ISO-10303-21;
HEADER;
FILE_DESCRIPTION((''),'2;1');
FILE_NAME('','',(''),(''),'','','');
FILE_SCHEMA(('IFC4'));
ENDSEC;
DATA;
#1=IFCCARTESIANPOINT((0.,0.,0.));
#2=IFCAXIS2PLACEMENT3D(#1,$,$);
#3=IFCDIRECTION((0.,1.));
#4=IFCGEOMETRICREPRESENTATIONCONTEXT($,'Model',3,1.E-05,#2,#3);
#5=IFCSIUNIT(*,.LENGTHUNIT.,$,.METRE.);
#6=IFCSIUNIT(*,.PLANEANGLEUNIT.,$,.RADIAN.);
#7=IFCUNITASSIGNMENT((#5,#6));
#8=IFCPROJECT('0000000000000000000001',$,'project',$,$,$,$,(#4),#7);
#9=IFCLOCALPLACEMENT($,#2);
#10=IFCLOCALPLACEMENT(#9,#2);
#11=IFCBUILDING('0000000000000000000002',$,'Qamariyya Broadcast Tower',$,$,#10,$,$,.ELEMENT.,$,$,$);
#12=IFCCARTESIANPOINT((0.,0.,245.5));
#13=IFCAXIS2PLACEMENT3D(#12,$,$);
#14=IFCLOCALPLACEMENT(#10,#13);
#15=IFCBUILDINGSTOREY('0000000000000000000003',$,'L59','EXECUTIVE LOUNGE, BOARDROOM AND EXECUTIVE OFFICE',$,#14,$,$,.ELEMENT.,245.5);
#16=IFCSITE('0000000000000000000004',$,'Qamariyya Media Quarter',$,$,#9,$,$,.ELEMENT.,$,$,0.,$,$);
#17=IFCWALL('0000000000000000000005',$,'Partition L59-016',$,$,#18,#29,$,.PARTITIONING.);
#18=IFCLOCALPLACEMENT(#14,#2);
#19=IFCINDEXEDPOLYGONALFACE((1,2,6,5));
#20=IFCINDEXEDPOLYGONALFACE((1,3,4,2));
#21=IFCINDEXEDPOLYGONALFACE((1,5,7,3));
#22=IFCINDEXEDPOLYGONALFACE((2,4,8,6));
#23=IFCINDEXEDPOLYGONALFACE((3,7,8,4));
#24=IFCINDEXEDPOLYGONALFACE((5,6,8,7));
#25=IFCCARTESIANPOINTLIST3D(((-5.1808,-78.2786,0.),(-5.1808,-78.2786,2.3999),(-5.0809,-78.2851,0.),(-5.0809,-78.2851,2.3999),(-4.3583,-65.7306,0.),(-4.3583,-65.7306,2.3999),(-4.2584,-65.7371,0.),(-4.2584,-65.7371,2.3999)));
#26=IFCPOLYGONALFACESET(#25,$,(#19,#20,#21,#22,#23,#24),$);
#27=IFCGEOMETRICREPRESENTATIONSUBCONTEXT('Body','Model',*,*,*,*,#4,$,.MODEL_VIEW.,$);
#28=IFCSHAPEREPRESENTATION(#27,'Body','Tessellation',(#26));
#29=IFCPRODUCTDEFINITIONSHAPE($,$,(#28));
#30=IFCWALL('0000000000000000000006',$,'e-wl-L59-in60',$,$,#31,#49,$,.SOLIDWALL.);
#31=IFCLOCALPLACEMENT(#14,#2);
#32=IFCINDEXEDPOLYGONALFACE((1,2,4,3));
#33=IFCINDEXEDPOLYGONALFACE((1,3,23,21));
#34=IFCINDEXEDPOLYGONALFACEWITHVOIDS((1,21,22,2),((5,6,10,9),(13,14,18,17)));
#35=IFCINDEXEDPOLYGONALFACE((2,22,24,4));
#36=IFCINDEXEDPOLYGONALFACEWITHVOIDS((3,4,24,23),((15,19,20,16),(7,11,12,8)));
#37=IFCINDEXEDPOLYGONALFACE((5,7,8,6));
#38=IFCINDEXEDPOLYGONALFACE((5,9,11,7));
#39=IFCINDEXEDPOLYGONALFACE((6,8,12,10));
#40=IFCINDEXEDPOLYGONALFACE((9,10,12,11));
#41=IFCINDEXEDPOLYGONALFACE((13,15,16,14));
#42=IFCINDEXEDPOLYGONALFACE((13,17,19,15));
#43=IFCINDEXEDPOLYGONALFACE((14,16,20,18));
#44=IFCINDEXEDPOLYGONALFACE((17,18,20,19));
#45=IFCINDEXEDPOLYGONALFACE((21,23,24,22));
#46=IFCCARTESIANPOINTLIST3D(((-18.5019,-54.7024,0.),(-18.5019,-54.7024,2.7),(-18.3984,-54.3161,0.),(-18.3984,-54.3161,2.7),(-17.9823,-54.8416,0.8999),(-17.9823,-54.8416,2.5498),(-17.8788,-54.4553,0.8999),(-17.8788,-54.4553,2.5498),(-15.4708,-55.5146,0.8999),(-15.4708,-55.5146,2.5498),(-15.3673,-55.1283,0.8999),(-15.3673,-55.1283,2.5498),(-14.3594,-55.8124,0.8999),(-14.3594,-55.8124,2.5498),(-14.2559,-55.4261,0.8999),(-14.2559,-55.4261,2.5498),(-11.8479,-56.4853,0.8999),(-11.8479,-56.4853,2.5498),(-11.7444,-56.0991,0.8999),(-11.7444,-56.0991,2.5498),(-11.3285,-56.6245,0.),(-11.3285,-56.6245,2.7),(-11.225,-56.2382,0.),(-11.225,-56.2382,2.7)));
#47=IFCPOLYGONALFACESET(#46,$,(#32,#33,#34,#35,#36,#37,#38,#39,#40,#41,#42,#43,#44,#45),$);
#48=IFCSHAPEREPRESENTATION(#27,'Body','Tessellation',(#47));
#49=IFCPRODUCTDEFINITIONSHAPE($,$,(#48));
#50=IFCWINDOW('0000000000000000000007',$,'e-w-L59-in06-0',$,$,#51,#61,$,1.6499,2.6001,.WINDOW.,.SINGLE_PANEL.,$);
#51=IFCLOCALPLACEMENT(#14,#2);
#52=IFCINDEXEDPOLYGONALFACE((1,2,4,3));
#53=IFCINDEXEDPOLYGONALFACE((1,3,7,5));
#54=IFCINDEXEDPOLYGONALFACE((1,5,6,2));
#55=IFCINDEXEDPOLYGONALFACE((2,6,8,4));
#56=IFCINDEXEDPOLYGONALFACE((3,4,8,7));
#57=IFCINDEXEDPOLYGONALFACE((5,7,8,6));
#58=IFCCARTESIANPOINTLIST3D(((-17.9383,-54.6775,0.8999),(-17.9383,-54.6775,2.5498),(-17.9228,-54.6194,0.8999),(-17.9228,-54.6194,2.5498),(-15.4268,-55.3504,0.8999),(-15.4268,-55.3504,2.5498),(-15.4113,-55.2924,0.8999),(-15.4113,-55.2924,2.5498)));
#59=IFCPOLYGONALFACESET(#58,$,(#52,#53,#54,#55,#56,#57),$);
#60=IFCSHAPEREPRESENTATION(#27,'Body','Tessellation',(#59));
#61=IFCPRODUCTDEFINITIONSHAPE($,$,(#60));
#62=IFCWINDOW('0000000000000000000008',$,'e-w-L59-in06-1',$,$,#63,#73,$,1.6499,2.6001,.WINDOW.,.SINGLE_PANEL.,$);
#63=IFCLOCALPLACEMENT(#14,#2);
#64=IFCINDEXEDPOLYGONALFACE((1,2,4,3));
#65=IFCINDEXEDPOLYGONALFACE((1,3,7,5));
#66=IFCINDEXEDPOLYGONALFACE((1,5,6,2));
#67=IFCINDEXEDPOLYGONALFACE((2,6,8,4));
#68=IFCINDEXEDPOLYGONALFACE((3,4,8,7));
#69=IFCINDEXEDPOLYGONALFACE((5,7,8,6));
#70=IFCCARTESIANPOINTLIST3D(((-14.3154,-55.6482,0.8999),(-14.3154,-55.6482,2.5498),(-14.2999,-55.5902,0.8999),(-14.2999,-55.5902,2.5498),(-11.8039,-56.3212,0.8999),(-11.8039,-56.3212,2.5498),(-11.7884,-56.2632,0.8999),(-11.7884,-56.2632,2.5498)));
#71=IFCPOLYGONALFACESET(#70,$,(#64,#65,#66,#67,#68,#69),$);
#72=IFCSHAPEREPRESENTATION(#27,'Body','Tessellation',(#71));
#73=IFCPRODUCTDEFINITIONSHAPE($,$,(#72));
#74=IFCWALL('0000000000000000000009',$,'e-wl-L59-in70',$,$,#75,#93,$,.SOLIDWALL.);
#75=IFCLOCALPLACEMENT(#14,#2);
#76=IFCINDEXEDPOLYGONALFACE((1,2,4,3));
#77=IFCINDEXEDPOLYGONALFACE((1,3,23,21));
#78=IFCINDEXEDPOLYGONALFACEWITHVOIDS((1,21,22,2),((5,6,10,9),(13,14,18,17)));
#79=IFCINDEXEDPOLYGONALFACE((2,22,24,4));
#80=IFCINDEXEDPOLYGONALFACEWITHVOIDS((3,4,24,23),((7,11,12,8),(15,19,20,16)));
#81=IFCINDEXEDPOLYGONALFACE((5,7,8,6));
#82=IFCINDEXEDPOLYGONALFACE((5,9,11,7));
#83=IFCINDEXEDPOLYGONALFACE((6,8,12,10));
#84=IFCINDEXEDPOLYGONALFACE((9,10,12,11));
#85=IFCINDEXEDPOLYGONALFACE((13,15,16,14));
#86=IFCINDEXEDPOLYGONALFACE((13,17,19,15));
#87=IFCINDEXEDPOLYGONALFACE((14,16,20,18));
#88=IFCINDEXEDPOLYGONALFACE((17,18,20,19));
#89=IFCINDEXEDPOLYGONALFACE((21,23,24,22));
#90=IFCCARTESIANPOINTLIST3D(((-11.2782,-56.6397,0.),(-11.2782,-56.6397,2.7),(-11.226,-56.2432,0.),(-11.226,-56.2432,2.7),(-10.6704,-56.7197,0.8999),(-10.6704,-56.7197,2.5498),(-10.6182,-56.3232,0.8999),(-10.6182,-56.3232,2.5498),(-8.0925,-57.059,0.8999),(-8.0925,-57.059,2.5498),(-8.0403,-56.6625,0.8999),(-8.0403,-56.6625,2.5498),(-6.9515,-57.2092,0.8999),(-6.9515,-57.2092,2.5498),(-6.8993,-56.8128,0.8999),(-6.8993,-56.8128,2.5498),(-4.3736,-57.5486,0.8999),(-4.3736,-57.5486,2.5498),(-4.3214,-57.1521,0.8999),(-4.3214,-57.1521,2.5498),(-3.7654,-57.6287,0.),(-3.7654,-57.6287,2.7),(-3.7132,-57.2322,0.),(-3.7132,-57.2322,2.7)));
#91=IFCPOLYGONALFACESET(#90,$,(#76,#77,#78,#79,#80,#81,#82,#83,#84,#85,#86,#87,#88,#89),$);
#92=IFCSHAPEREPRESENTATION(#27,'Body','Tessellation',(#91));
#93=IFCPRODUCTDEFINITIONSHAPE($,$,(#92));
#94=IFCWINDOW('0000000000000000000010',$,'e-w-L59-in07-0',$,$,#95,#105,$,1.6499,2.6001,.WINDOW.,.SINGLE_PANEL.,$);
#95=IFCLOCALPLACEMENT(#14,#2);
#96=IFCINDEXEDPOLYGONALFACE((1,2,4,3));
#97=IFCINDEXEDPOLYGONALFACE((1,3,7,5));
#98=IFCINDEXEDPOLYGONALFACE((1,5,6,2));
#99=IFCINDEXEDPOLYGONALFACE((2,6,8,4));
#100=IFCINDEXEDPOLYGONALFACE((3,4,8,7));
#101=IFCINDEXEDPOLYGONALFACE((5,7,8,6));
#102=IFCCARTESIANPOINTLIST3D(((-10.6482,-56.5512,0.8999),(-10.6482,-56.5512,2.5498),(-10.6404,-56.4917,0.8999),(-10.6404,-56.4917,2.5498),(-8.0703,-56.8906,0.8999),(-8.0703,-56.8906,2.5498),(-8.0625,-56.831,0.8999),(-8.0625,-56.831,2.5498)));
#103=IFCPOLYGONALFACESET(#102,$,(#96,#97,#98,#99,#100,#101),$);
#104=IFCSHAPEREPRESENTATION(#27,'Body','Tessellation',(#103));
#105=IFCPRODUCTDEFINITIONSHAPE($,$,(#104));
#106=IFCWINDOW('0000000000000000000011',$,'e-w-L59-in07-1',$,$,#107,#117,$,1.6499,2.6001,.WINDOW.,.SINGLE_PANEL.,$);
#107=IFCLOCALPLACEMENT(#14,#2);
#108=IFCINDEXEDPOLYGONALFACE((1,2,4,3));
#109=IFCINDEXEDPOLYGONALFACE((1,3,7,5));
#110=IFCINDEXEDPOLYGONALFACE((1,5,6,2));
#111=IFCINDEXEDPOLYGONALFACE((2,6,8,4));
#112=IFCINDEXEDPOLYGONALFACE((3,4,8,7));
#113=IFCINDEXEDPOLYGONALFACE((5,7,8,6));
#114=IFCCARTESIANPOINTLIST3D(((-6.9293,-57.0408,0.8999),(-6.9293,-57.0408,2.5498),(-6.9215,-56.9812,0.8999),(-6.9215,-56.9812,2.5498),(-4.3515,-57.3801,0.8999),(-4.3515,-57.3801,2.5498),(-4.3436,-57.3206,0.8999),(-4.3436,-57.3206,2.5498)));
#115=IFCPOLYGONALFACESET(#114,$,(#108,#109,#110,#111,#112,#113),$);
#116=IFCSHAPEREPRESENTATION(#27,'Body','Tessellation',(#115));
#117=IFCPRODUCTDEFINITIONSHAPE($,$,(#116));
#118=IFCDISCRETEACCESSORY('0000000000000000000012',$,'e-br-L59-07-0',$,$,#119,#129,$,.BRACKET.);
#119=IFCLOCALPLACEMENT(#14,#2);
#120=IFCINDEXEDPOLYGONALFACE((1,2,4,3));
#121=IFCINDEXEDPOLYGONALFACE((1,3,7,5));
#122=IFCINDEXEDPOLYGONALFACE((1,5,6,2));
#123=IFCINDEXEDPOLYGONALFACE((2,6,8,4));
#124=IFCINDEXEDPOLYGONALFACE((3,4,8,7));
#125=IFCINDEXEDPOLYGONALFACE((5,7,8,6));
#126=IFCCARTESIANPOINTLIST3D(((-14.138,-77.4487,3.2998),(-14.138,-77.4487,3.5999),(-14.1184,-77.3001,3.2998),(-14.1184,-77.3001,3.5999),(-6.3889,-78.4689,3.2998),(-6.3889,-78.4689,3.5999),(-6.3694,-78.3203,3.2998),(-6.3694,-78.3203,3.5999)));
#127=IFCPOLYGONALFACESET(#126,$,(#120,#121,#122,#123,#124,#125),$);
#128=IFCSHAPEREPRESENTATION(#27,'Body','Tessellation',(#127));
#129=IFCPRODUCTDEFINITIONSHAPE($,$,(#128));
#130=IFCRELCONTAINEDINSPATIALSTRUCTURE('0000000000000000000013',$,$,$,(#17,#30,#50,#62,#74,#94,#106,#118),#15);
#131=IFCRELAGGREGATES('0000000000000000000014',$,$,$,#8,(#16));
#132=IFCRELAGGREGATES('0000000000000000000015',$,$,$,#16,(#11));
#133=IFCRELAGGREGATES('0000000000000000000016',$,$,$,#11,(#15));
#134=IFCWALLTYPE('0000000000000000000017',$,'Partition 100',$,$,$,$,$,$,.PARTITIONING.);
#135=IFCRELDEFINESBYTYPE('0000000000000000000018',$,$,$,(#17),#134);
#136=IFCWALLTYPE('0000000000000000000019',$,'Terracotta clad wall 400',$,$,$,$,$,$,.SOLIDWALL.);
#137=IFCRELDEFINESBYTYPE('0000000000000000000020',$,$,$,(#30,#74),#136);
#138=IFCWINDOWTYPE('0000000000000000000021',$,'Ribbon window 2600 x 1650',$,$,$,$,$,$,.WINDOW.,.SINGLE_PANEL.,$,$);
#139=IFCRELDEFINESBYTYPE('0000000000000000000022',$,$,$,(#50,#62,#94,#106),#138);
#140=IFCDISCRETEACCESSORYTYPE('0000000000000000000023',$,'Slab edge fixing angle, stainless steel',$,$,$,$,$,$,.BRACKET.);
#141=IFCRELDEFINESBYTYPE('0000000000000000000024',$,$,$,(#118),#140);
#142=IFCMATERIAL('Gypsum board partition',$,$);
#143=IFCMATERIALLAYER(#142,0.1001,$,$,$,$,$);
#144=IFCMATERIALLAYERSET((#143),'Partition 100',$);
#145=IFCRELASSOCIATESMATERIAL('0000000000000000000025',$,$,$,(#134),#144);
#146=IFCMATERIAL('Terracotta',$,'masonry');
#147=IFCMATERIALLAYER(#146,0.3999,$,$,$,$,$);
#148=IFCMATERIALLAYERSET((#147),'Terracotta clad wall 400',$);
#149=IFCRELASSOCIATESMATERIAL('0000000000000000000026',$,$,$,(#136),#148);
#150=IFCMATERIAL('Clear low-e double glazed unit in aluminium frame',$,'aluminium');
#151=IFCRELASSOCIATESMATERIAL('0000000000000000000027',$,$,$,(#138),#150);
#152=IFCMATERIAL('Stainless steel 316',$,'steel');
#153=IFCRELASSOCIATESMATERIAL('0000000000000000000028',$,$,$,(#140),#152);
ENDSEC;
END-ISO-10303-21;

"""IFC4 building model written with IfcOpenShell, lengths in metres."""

from ifc_helpers import new_model, si_unit, direction, frame, frame_2d, origin, origin_2d, place, context, subcontext, project, spatial, rectangle, extrude, material, layer, layer_set, type_object, element, fill, save


model = new_model("IFC4")

# Units and contexts
model_context = context("Model", 3, precision=1e-05, world=origin(), true_north=direction((0.0, 1.0)))
body_context = subcontext(model_context, "Body", "Model", "MODEL_VIEW")
ifc_project = project(units=[si_unit("LENGTHUNIT", "METRE"), si_unit("PLANEANGLEUNIT", "RADIAN")], contexts=[model_context])

# Site, building, storey
site_placement = place(None, origin())
site = spatial("IfcSite", under=ifc_project, at=site_placement, Name="Qamariyya Media Quarter", CompositionType="ELEMENT", RefElevation=0.0)
building_placement = place(site_placement, origin())
building = spatial("IfcBuilding", under=site, at=building_placement, Name="Qamariyya Broadcast Tower", CompositionType="ELEMENT")
storey_placement = place(building_placement, frame((0.0, 0.0, 245.5)))
storey = spatial("IfcBuildingStorey", under=building, at=storey_placement, Name="L59", Description="EXECUTIVE LOUNGE, BOARDROOM AND EXECUTIVE OFFICE", CompositionType="ELEMENT", Elevation=245.5)

# Shared definitions
ifc_material_1 = material(Name="Gypsum board partition")

# Wall
ifc_layer_1 = layer(ifc_material_1, 0.1001)
ifc_layer_set_1 = layer_set([ifc_layer_1], Name="Partition 100")
wall_type_1 = type_object("IfcWallType", Name="Partition 100", PredefinedType="PARTITIONING", material=ifc_layer_set_1)
wall_1_placement = place(storey_placement, frame((-5.1309, -78.282, 0.0), z_axis=(0.0, 0.0, 1.0), x_axis=(0.065408, 0.997859, 0.0)))
element("IfcWall", 1, at=wall_1_placement, inside=storey, type_object=wall_type_1, Name="Partition L59-016", PredefinedType="PARTITIONING", context=body_context, shape_type="SweptSolid", body=[
    extrude(rectangle(XDim=12.575, YDim=0.1001, at=frame_2d((6.2876, 0.0))), origin(), (0.0, 0.0, 1.0), 2.3999),
])

# Walls, openings, windows
ifc_material_2 = material(Name="Terracotta", Category="masonry")
ifc_layer_2 = layer(ifc_material_2, 0.3999)
ifc_layer_set_2 = layer_set([ifc_layer_2], Name="Terracotta clad wall 400")
wall_type_2 = type_object("IfcWallType", Name="Terracotta clad wall 400", PredefinedType="SOLIDWALL", material=ifc_layer_set_2)
wall_2_placement = place(storey_placement, frame((-11.2766, -56.4314, 0.0), z_axis=(0.0, 0.0, 1.0), x_axis=(-0.965925, 0.258823, 0.0)))
wall_2 = element("IfcWall", 2, at=wall_2_placement, inside=storey, type_object=wall_type_2, Name="e-wl-L59-in60", PredefinedType="SOLIDWALL", context=body_context, shape_type="SweptSolid", body=[
    extrude(rectangle(XDim=7.4265, YDim=0.3999, at=frame_2d((3.7134, 0.0))), origin(), (0.0, 0.0, 1.0), 2.7),
])
opening_1_placement = place(wall_2_placement, frame((4.2886, 0.0, 0.8999)))
opening_1 = element("IfcOpeningElement", 3, at=opening_1_placement, cuts=wall_2, PredefinedType="OPENING", context=body_context, shape_type="SweptSolid", body=[
    extrude(rectangle(XDim=2.6001, YDim=1.6499, at=frame_2d((1.3, 0.825))), frame((0.0, 0.21, 0.0), z_axis=(0.0, -1.0, 0.0), x_axis=(1.0, 0.0, 0.0)), (0.0, 0.0, 1.0), 0.4199),
])
opening_2_placement = place(wall_2_placement, frame((0.5378, 0.0, 0.8999)))
opening_2 = element("IfcOpeningElement", 4, at=opening_2_placement, cuts=wall_2, PredefinedType="OPENING", context=body_context, shape_type="SweptSolid", body=[
    extrude(rectangle(XDim=2.6001, YDim=1.6499, at=frame_2d((1.3, 0.825))), frame((0.0, 0.21, 0.0), z_axis=(0.0, -1.0, 0.0), x_axis=(1.0, 0.0, 0.0)), (0.0, 0.0, 1.0), 0.4199),
])
ifc_material_3 = material(Name="Clear low-e double glazed unit in aluminium frame", Category="aluminium")
window_type = type_object("IfcWindowType", Name="Ribbon window 2600 x 1650", PartitioningType="SINGLE_PANEL", PredefinedType="WINDOW", material=ifc_material_3)
window_1_placement = place(opening_1_placement, origin())
window_1 = element("IfcWindow", 5, at=window_1_placement, inside=storey, type_object=window_type, Name="e-w-L59-in06-0", OverallHeight=1.6499, OverallWidth=2.6001, PartitioningType="SINGLE_PANEL", PredefinedType="WINDOW", context=body_context, shape_type="SweptSolid", body=[
    extrude(rectangle(XDim=2.6001, YDim=1.6499, at=frame_2d((1.3, 0.825))), frame((0.0, 0.03, 0.0), z_axis=(0.0, -1.0, 0.0), x_axis=(1.0, 0.0, 0.0)), (0.0, 0.0, 1.0), 0.0601),
])
fill(opening_1, window_1)
window_2_placement = place(opening_2_placement, origin())
window_2 = element("IfcWindow", 6, at=window_2_placement, inside=storey, type_object=window_type, Name="e-w-L59-in06-1", OverallHeight=1.6499, OverallWidth=2.6001, PartitioningType="SINGLE_PANEL", PredefinedType="WINDOW", context=body_context, shape_type="SweptSolid", body=[
    extrude(rectangle(XDim=2.6001, YDim=1.6499, at=frame_2d((1.3, 0.825))), frame((0.0, 0.03, 0.0), z_axis=(0.0, -1.0, 0.0), x_axis=(1.0, 0.0, 0.0)), (0.0, 0.0, 1.0), 0.0601),
])
fill(opening_2, window_2)
wall_3_placement = place(storey_placement, frame((-3.7393, -57.4304, 0.0), z_axis=(0.0, 0.0, 1.0), x_axis=(-0.991446, 0.130515, 0.0)))
wall_3 = element("IfcWall", 7, at=wall_3_placement, inside=storey, type_object=wall_type_2, Name="e-wl-L59-in70", PredefinedType="SOLIDWALL", context=body_context, shape_type="SweptSolid", body=[
    extrude(rectangle(XDim=7.5776, YDim=0.3999, at=frame_2d((3.7888, 0.0))), origin(), (0.0, 0.0, 1.0), 2.7),
])
opening_3_placement = place(wall_3_placement, frame((4.3645, 0.0, 0.8999)))
opening_3 = element("IfcOpeningElement", 8, at=opening_3_placement, cuts=wall_3, PredefinedType="OPENING", context=body_context, shape_type="SweptSolid", body=[
    extrude(rectangle(XDim=2.6001, YDim=1.6499, at=frame_2d((1.3, 0.825))), frame((0.0, 0.21, 0.0), z_axis=(0.0, -1.0, 0.0), x_axis=(1.0, 0.0, 0.0)), (0.0, 0.0, 1.0), 0.4199),
])
opening_4_placement = place(wall_3_placement, frame((0.6135, 0.0, 0.8999)))
opening_4 = element("IfcOpeningElement", 9, at=opening_4_placement, cuts=wall_3, PredefinedType="OPENING", context=body_context, shape_type="SweptSolid", body=[
    extrude(rectangle(XDim=2.6001, YDim=1.6499, at=frame_2d((1.3, 0.825))), frame((0.0, 0.21, 0.0), z_axis=(0.0, -1.0, 0.0), x_axis=(1.0, 0.0, 0.0)), (0.0, 0.0, 1.0), 0.4199),
])
window_3_placement = place(opening_3_placement, origin())
window_3 = element("IfcWindow", 10, at=window_3_placement, inside=storey, type_object=window_type, Name="e-w-L59-in07-0", OverallHeight=1.6499, OverallWidth=2.6001, PartitioningType="SINGLE_PANEL", PredefinedType="WINDOW", context=body_context, shape_type="SweptSolid", body=[
    extrude(rectangle(XDim=2.6001, YDim=1.6499, at=frame_2d((1.3, 0.825))), frame((0.0, 0.03, 0.0), z_axis=(0.0, -1.0, 0.0), x_axis=(1.0, 0.0, 0.0)), (0.0, 0.0, 1.0), 0.0601),
])
fill(opening_3, window_3)
window_4_placement = place(opening_4_placement, origin())
window_4 = element("IfcWindow", 11, at=window_4_placement, inside=storey, type_object=window_type, Name="e-w-L59-in07-1", OverallHeight=1.6499, OverallWidth=2.6001, PartitioningType="SINGLE_PANEL", PredefinedType="WINDOW", context=body_context, shape_type="SweptSolid", body=[
    extrude(rectangle(XDim=2.6001, YDim=1.6499, at=frame_2d((1.3, 0.825))), frame((0.0, 0.03, 0.0), z_axis=(0.0, -1.0, 0.0), x_axis=(1.0, 0.0, 0.0)), (0.0, 0.0, 1.0), 0.0601),
])
fill(opening_4, window_4)

# Discrete accessory
ifc_material_4 = material(Name="Stainless steel 316", Category="steel")
discrete_accessory_type = type_object("IfcDiscreteAccessoryType", Name="Slab edge fixing angle, stainless steel", PredefinedType="BRACKET", material=ifc_material_4)
discrete_accessory_placement = place(storey_placement, frame((-10.2537, -77.8845, 3.2998), z_axis=(0.0, 0.0, 1.0), x_axis=(0.991445, -0.130526, 0.0)))
element("IfcDiscreteAccessory", 12, at=discrete_accessory_placement, inside=storey, type_object=discrete_accessory_type, Name="e-br-L59-07-0", PredefinedType="BRACKET", context=body_context, shape_type="SweptSolid", body=[
    extrude(rectangle(XDim=7.8159, YDim=0.1499, at=origin_2d()), origin(), (0.0, 0.0, 1.0), 0.3),
])

save(model, "model.ifc")
